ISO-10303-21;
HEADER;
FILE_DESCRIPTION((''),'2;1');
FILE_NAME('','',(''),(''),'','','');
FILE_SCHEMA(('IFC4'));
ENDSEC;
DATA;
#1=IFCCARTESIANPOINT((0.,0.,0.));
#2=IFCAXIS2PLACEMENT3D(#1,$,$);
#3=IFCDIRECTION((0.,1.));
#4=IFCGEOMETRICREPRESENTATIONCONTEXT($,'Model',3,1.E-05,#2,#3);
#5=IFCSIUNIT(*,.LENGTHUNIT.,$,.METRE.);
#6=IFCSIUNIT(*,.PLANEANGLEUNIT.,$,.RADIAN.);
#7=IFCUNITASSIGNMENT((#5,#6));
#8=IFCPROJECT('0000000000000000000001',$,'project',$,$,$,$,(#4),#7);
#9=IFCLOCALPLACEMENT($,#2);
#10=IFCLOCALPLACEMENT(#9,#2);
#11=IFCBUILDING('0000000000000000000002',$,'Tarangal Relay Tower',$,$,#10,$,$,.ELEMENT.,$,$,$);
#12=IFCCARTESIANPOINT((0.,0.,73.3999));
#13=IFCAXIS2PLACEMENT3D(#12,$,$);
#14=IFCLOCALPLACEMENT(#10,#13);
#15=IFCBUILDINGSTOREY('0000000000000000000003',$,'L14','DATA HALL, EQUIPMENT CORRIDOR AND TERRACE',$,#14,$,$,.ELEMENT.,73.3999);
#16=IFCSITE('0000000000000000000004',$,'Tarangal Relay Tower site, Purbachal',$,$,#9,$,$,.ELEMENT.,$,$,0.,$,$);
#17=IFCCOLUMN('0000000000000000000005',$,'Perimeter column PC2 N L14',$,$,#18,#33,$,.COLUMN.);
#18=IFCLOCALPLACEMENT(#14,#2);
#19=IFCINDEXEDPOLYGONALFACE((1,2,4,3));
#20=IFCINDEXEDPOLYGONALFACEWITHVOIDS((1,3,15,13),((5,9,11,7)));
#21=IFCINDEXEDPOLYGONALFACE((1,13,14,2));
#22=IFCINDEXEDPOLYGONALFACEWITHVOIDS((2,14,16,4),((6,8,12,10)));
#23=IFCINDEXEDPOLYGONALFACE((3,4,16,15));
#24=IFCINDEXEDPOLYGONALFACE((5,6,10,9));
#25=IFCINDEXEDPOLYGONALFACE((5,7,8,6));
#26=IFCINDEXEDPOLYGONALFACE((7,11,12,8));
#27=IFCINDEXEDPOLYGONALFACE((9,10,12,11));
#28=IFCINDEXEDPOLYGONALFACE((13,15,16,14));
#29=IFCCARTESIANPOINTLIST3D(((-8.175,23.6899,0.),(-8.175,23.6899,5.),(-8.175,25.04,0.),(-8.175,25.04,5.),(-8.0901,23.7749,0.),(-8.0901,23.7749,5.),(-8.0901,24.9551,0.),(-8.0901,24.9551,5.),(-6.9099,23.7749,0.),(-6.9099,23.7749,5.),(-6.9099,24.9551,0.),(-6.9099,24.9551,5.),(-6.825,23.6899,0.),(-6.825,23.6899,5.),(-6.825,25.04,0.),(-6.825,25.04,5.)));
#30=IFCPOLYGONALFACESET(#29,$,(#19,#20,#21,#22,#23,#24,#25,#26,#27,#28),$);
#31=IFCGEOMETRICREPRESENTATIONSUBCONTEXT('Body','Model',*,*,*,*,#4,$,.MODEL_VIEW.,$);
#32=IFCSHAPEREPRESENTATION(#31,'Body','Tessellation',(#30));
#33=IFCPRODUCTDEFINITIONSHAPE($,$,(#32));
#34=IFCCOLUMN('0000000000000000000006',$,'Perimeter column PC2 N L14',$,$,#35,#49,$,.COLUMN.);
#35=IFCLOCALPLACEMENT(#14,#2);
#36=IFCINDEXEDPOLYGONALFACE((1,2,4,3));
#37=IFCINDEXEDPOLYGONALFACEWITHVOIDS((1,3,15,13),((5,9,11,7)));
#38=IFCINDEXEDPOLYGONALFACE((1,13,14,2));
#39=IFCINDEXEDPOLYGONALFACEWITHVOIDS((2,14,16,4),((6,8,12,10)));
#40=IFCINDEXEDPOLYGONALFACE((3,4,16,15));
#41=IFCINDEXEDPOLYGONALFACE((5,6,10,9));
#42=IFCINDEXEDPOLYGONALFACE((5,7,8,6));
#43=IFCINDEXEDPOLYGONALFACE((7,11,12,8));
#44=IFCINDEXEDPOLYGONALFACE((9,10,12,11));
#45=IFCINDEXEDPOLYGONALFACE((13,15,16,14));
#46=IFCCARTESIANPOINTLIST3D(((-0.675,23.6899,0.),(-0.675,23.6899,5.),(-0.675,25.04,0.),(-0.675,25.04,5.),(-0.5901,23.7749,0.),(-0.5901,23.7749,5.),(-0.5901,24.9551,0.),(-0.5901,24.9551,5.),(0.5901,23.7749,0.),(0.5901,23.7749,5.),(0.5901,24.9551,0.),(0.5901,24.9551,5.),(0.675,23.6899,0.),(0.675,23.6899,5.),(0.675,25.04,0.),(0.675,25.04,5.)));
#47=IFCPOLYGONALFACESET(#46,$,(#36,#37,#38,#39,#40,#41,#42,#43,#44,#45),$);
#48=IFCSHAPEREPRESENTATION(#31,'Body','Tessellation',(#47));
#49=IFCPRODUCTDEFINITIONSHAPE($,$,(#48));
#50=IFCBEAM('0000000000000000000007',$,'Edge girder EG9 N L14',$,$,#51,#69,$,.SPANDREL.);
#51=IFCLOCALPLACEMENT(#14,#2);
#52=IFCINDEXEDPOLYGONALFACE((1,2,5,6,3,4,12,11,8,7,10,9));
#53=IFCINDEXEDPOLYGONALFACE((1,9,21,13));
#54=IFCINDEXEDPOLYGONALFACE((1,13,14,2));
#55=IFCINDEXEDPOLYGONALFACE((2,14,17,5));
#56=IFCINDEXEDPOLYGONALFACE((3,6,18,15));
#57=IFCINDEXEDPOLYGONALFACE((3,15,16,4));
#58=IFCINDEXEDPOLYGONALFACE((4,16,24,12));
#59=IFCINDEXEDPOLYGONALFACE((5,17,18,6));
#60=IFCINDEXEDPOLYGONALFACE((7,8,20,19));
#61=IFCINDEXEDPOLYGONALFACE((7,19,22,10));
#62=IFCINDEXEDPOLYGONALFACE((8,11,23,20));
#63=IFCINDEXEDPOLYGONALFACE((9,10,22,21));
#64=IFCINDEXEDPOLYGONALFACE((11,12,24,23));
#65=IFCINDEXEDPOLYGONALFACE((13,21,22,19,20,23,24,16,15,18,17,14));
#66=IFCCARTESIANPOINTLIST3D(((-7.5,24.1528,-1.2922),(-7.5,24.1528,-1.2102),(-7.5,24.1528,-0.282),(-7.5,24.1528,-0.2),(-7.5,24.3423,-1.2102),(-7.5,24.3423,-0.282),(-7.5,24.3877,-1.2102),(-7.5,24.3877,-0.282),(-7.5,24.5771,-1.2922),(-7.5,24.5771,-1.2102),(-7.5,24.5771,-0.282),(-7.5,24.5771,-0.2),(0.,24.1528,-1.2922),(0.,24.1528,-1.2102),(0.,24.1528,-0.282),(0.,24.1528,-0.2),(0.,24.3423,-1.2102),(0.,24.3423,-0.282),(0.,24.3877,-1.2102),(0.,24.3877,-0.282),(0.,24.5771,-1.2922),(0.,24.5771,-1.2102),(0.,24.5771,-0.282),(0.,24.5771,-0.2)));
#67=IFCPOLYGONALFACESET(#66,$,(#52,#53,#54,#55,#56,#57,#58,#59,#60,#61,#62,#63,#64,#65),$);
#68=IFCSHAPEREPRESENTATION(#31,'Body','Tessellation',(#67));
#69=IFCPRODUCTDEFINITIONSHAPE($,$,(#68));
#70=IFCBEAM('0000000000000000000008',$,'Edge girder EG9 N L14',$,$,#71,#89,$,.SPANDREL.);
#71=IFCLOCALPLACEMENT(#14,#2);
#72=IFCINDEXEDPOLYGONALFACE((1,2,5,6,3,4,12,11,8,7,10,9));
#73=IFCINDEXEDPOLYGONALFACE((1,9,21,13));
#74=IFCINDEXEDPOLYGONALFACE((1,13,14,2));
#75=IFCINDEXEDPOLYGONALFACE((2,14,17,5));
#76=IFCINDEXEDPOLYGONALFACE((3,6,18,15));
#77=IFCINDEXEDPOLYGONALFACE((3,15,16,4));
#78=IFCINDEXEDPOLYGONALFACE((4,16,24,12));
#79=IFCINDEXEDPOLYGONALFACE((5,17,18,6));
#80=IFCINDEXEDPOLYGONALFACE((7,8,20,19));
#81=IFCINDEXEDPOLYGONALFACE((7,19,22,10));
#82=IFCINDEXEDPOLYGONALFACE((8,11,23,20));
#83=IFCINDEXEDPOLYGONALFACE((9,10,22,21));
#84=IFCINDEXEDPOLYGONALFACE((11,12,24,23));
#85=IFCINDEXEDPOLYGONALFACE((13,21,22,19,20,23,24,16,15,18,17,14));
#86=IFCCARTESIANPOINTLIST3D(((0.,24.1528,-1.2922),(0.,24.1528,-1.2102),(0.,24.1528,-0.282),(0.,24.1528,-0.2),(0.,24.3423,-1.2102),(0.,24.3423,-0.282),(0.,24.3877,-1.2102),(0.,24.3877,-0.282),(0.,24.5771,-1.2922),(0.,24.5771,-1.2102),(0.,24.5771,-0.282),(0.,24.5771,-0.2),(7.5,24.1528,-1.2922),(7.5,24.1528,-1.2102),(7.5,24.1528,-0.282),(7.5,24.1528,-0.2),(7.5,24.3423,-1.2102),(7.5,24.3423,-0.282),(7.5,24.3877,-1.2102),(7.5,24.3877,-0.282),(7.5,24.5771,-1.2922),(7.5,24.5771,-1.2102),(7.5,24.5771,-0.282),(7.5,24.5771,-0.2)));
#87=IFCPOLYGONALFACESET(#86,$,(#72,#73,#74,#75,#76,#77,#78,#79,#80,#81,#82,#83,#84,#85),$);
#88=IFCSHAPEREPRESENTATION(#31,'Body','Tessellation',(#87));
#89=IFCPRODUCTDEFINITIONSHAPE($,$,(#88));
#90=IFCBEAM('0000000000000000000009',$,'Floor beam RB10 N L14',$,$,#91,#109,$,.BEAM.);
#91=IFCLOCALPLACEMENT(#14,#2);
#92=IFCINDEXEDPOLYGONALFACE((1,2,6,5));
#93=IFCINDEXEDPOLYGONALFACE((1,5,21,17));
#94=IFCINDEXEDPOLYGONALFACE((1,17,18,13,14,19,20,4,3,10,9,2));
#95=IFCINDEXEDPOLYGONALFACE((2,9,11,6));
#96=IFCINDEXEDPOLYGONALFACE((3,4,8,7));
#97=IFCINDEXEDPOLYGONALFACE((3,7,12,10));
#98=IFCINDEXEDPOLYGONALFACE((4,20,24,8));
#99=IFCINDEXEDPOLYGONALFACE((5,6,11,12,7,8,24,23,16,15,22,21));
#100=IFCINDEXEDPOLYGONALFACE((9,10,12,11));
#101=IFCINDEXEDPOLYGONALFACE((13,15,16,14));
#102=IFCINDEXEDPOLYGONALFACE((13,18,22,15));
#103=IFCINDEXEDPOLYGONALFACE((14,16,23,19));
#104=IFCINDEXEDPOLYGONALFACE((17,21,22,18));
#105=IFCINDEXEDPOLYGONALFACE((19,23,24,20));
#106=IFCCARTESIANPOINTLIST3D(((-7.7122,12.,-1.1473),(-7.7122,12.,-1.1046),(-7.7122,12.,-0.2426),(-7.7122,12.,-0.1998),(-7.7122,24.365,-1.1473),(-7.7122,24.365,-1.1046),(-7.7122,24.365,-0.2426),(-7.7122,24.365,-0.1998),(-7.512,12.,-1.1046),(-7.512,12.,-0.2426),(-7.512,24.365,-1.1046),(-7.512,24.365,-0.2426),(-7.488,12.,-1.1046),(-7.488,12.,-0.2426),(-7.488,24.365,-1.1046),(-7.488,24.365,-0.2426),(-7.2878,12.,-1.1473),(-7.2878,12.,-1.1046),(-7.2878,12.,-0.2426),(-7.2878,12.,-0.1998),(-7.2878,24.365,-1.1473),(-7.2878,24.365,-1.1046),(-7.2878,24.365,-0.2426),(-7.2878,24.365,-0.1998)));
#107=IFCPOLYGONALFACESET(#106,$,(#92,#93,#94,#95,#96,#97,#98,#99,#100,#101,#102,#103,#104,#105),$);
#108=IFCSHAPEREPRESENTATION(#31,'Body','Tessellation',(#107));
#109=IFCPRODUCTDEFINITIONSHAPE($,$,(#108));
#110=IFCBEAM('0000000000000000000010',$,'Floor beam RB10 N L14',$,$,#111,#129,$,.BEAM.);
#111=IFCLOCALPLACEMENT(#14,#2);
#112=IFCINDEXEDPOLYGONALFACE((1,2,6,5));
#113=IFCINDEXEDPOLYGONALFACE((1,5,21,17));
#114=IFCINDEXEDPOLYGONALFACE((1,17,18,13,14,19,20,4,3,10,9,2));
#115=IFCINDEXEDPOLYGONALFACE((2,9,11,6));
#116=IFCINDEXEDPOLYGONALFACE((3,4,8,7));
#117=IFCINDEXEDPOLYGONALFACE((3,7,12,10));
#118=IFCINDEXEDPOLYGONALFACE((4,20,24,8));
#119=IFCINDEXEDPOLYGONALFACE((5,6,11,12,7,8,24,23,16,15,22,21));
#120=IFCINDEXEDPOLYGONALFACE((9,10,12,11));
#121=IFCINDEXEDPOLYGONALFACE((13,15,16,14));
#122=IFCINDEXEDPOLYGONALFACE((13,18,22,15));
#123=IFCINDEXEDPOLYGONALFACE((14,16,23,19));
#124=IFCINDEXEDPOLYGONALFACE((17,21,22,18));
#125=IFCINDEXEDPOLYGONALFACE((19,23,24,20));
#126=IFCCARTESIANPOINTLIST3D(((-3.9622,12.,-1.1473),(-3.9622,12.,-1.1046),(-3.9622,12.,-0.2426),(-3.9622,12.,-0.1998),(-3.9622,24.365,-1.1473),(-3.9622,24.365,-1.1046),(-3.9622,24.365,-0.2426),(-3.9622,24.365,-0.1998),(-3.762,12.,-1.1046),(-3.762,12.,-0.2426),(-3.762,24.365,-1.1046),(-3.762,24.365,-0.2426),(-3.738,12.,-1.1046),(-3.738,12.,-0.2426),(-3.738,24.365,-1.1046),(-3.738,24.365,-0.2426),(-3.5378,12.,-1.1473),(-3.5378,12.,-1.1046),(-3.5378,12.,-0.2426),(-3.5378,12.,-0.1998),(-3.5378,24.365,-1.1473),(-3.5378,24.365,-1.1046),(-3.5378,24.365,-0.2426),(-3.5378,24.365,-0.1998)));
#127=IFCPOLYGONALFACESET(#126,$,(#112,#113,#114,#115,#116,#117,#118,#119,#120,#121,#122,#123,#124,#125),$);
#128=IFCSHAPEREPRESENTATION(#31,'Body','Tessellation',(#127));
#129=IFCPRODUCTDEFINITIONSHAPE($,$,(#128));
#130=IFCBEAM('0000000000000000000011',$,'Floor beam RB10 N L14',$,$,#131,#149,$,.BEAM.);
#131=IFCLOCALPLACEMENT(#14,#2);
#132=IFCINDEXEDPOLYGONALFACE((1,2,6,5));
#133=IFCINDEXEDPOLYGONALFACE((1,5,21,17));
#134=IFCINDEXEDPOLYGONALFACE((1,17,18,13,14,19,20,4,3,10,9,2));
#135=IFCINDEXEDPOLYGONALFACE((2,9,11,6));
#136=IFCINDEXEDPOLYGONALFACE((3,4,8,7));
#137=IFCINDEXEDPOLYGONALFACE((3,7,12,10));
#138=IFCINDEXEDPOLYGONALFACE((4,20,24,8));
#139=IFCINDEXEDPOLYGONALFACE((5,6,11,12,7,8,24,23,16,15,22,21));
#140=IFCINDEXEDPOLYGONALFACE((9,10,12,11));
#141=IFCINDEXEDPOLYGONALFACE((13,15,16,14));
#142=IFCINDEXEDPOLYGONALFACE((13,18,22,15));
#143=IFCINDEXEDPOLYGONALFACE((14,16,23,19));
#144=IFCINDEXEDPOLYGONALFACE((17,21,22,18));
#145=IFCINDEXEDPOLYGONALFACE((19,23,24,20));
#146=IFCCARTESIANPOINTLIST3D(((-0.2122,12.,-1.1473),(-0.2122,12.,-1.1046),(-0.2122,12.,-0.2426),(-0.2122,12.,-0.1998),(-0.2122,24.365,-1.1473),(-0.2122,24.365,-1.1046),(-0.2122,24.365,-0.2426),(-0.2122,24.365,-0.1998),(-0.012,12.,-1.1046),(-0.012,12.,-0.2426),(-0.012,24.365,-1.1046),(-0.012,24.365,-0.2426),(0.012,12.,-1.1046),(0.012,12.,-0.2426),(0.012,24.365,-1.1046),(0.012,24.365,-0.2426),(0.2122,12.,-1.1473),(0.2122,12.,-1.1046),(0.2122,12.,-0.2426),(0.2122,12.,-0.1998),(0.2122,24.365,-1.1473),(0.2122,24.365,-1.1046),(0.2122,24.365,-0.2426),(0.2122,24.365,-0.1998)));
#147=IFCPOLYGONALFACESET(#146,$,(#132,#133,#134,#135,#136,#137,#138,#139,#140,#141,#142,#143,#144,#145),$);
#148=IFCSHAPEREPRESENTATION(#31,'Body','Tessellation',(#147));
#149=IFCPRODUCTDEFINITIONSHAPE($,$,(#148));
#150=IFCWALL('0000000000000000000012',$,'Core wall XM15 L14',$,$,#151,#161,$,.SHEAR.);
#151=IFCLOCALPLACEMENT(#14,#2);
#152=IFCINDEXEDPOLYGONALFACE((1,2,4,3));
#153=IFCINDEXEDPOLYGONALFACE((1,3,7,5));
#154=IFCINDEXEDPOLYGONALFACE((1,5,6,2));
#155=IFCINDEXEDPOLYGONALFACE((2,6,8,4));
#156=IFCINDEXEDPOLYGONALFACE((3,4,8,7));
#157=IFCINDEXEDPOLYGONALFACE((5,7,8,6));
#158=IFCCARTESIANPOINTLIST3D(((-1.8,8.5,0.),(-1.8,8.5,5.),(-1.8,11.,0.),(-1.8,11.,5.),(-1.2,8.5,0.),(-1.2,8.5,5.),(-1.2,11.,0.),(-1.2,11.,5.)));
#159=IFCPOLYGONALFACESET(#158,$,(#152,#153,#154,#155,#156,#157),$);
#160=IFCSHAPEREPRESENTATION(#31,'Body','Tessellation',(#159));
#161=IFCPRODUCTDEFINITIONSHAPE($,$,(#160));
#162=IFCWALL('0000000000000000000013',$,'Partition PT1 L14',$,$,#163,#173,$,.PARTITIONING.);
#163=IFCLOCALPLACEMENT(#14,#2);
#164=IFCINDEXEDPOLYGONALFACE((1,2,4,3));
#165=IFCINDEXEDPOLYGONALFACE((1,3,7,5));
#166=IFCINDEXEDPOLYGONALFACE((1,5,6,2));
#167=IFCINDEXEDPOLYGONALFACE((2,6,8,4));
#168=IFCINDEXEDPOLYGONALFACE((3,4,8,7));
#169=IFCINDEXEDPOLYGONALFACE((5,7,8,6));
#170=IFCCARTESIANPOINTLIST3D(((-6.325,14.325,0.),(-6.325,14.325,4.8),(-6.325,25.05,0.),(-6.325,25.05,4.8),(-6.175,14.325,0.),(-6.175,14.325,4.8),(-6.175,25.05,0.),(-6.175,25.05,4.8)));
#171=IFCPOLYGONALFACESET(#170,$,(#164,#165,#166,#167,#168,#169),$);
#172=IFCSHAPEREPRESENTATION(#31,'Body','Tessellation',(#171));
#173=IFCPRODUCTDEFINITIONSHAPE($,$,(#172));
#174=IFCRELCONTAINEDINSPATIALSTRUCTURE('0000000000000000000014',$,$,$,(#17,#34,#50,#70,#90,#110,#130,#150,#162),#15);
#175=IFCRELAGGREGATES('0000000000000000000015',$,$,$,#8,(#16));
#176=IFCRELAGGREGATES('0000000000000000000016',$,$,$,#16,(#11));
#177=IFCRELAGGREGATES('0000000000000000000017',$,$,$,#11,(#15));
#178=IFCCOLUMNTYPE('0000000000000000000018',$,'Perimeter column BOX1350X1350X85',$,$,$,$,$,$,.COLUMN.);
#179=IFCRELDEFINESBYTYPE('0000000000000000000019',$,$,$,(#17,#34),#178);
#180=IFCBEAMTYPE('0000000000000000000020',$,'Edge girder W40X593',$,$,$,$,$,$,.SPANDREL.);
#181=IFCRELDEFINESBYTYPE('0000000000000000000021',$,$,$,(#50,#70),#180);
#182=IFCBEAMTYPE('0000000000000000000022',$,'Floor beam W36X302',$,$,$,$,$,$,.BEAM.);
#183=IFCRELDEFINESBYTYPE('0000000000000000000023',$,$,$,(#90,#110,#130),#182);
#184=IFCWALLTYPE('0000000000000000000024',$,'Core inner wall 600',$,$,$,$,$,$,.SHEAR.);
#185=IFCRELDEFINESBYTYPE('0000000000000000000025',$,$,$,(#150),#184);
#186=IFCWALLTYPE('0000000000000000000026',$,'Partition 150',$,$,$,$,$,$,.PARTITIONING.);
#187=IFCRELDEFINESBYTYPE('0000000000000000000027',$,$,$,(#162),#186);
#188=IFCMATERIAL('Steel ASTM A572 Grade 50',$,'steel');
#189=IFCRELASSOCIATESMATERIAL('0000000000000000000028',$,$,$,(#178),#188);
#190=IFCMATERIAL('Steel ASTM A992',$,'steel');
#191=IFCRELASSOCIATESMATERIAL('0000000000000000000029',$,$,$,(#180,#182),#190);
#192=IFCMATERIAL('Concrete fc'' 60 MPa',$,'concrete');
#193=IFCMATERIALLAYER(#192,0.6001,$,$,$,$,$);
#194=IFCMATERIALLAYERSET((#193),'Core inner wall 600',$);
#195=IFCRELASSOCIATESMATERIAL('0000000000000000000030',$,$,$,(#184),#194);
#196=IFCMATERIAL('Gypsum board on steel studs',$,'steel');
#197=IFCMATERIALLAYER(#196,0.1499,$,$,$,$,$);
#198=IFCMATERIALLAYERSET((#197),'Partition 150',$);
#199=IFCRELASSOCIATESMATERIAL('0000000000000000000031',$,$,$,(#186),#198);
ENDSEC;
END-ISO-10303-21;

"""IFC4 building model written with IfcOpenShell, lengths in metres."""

from ifc_helpers import new_model, si_unit, direction, frame, frame_2d, origin, origin_2d, place, context, subcontext, project, spatial, rectangle, hollow_rectangle, i_section, extrude, material, layer, layer_set, material_profile, profile_set, type_object, element, save


model = new_model("IFC4")

# Units and contexts
model_context = context("Model", 3, precision=1e-05, world=origin(), true_north=direction((0.0, 1.0)))
body_context = subcontext(model_context, "Body", "Model", "MODEL_VIEW")
ifc_project = project(units=[si_unit("LENGTHUNIT", "METRE"), si_unit("PLANEANGLEUNIT", "RADIAN")], contexts=[model_context])

# Site, building, storey
site_placement = place(None, origin())
site = spatial("IfcSite", under=ifc_project, at=site_placement, Name="Tarangal Relay Tower site, Purbachal", CompositionType="ELEMENT", RefElevation=0.0)
building_placement = place(site_placement, origin())
building = spatial("IfcBuilding", under=site, at=building_placement, Name="Tarangal Relay Tower", CompositionType="ELEMENT")
storey_placement = place(building_placement, frame((0.0, 0.0, 73.3999)))
storey = spatial("IfcBuildingStorey", under=building, at=storey_placement, Name="L14", Description="DATA HALL, EQUIPMENT CORRIDOR AND TERRACE", CompositionType="ELEMENT", Elevation=73.3999)

# Columns
ifc_material_1 = material(Name="Steel ASTM A572 Grade 50", Category="steel")
ifc_material_profile_1 = material_profile(ifc_material_1, hollow_rectangle(XDim=1.3501, YDim=1.3501, WallThickness=0.085, at=origin_2d()), Name="BOX1350X1350X85")
ifc_profile_set_1 = profile_set([ifc_material_profile_1], Name="Steel ASTM A572 Grade 50")
column_type = type_object("IfcColumnType", Name="Perimeter column BOX1350X1350X85", PredefinedType="COLUMN", material=ifc_profile_set_1)
for number, where, z_axis, x_axis, name in (
    (1, (-7.5, 24.365, 0.0), (0.0, 0.0, 1.0), (1.0, 0.0, 0.0), "Perimeter column PC2 N L14"),
    (2, (0.0, 24.365, 0.0), (0.0, 0.0, 1.0), (1.0, 0.0, 0.0), "Perimeter column PC2 N L14"),
):
    element("IfcColumn", number, at=place(storey_placement, frame(where, z_axis=z_axis, x_axis=x_axis)), inside=storey, type_object=column_type, Name=name, PredefinedType="COLUMN", context=body_context, shape_type="SweptSolid", body=[
        extrude(hollow_rectangle(XDim=1.3501, YDim=1.3501, WallThickness=0.085, at=origin_2d()), origin(), (0.0, 0.0, 1.0), 5.0),
    ])

# Beams
ifc_material_2 = material(Name="Steel ASTM A992", Category="steel")
ifc_material_profile_2 = material_profile(ifc_material_2, i_section(OverallWidth=0.4243, OverallDepth=1.0923, WebThickness=0.0454, FlangeThickness=0.082, at=origin_2d()), Name="W40X593")
ifc_profile_set_2 = profile_set([ifc_material_profile_2], Name="Steel ASTM A992")
beam_type_1 = type_object("IfcBeamType", Name="Edge girder W40X593", PredefinedType="SPANDREL", material=ifc_profile_set_2)
for number, where, z_axis, x_axis, name in (
    (3, (-7.5, 24.365, -0.7461), (1.0, 0.0, 0.0), (0.0, 1.0, 0.0), "Edge girder EG9 N L14"),
    (4, (0.0, 24.365, -0.7461), (1.0, 0.0, 0.0), (0.0, 1.0, 0.0), "Edge girder EG9 N L14"),
):
    element("IfcBeam", number, at=place(storey_placement, frame(where, z_axis=z_axis, x_axis=x_axis)), inside=storey, type_object=beam_type_1, Name=name, PredefinedType="SPANDREL", context=body_context, shape_type="SweptSolid", body=[
        extrude(i_section(OverallWidth=0.4243, OverallDepth=1.0923, WebThickness=0.0454, FlangeThickness=0.082, at=origin_2d()), origin(), (0.0, 0.0, 1.0), 7.5),
    ])
ifc_material_profile_3 = material_profile(ifc_material_2, i_section(OverallWidth=0.4243, OverallDepth=0.9475, WebThickness=0.0239, FlangeThickness=0.0427, at=origin_2d()), Name="W36X302")
ifc_profile_set_3 = profile_set([ifc_material_profile_3], Name="Steel ASTM A992")
beam_type_2 = type_object("IfcBeamType", Name="Floor beam W36X302", PredefinedType="BEAM", material=ifc_profile_set_3)
for number, where, z_axis, x_axis, name in (
    (5, (-7.5, 12.0, -0.6736), (0.0, 1.0, 0.0), (-1.0, 0.0, 0.0), "Floor beam RB10 N L14"),
    (6, (-3.75, 12.0, -0.6736), (0.0, 1.0, 0.0), (-1.0, 0.0, 0.0), "Floor beam RB10 N L14"),
    (7, (0.0, 12.0, -0.6736), (0.0, 1.0, 0.0), (-1.0, 0.0, 0.0), "Floor beam RB10 N L14"),
):
    element("IfcBeam", number, at=place(storey_placement, frame(where, z_axis=z_axis, x_axis=x_axis)), inside=storey, type_object=beam_type_2, Name=name, PredefinedType="BEAM", context=body_context, shape_type="SweptSolid", body=[
        extrude(i_section(OverallWidth=0.4243, OverallDepth=0.9475, WebThickness=0.0239, FlangeThickness=0.0427, at=origin_2d()), origin(), (0.0, 0.0, 1.0), 12.365),
    ])

# Walls
ifc_material_3 = material(Name="Concrete fc' 60 MPa", Category="concrete")
ifc_layer_1 = layer(ifc_material_3, 0.6001)
ifc_layer_set_1 = layer_set([ifc_layer_1], Name="Core inner wall 600")
wall_type_1 = type_object("IfcWallType", Name="Core inner wall 600", PredefinedType="SHEAR", material=ifc_layer_set_1)
wall_1_placement = place(storey_placement, frame((-1.5, 8.5, 0.0), z_axis=(0.0, 0.0, 1.0), x_axis=(0.0, 1.0, 0.0)))
element("IfcWall", 8, at=wall_1_placement, inside=storey, type_object=wall_type_1, Name="Core wall XM15 L14", PredefinedType="SHEAR", context=body_context, shape_type="SweptSolid", body=[
    extrude(rectangle(XDim=2.5, YDim=0.6001, at=frame_2d((1.25, 0.0))), origin(), (0.0, 0.0, 1.0), 5.0),
])
ifc_material_4 = material(Name="Gypsum board on steel studs", Category="steel")
ifc_layer_2 = layer(ifc_material_4, 0.1499)
ifc_layer_set_2 = layer_set([ifc_layer_2], Name="Partition 150")
wall_type_2 = type_object("IfcWallType", Name="Partition 150", PredefinedType="PARTITIONING", material=ifc_layer_set_2)
wall_2_placement = place(storey_placement, frame((-6.25, 14.325, 0.0), z_axis=(0.0, 0.0, 1.0), x_axis=(0.0, 1.0, 0.0)))
element("IfcWall", 9, at=wall_2_placement, inside=storey, type_object=wall_type_2, Name="Partition PT1 L14", PredefinedType="PARTITIONING", context=body_context, shape_type="SweptSolid", body=[
    extrude(rectangle(XDim=10.7251, YDim=0.1499, at=frame_2d((5.3625, 0.0))), origin(), (0.0, 0.0, 1.0), 4.8),
])

save(model, "model.ifc")
